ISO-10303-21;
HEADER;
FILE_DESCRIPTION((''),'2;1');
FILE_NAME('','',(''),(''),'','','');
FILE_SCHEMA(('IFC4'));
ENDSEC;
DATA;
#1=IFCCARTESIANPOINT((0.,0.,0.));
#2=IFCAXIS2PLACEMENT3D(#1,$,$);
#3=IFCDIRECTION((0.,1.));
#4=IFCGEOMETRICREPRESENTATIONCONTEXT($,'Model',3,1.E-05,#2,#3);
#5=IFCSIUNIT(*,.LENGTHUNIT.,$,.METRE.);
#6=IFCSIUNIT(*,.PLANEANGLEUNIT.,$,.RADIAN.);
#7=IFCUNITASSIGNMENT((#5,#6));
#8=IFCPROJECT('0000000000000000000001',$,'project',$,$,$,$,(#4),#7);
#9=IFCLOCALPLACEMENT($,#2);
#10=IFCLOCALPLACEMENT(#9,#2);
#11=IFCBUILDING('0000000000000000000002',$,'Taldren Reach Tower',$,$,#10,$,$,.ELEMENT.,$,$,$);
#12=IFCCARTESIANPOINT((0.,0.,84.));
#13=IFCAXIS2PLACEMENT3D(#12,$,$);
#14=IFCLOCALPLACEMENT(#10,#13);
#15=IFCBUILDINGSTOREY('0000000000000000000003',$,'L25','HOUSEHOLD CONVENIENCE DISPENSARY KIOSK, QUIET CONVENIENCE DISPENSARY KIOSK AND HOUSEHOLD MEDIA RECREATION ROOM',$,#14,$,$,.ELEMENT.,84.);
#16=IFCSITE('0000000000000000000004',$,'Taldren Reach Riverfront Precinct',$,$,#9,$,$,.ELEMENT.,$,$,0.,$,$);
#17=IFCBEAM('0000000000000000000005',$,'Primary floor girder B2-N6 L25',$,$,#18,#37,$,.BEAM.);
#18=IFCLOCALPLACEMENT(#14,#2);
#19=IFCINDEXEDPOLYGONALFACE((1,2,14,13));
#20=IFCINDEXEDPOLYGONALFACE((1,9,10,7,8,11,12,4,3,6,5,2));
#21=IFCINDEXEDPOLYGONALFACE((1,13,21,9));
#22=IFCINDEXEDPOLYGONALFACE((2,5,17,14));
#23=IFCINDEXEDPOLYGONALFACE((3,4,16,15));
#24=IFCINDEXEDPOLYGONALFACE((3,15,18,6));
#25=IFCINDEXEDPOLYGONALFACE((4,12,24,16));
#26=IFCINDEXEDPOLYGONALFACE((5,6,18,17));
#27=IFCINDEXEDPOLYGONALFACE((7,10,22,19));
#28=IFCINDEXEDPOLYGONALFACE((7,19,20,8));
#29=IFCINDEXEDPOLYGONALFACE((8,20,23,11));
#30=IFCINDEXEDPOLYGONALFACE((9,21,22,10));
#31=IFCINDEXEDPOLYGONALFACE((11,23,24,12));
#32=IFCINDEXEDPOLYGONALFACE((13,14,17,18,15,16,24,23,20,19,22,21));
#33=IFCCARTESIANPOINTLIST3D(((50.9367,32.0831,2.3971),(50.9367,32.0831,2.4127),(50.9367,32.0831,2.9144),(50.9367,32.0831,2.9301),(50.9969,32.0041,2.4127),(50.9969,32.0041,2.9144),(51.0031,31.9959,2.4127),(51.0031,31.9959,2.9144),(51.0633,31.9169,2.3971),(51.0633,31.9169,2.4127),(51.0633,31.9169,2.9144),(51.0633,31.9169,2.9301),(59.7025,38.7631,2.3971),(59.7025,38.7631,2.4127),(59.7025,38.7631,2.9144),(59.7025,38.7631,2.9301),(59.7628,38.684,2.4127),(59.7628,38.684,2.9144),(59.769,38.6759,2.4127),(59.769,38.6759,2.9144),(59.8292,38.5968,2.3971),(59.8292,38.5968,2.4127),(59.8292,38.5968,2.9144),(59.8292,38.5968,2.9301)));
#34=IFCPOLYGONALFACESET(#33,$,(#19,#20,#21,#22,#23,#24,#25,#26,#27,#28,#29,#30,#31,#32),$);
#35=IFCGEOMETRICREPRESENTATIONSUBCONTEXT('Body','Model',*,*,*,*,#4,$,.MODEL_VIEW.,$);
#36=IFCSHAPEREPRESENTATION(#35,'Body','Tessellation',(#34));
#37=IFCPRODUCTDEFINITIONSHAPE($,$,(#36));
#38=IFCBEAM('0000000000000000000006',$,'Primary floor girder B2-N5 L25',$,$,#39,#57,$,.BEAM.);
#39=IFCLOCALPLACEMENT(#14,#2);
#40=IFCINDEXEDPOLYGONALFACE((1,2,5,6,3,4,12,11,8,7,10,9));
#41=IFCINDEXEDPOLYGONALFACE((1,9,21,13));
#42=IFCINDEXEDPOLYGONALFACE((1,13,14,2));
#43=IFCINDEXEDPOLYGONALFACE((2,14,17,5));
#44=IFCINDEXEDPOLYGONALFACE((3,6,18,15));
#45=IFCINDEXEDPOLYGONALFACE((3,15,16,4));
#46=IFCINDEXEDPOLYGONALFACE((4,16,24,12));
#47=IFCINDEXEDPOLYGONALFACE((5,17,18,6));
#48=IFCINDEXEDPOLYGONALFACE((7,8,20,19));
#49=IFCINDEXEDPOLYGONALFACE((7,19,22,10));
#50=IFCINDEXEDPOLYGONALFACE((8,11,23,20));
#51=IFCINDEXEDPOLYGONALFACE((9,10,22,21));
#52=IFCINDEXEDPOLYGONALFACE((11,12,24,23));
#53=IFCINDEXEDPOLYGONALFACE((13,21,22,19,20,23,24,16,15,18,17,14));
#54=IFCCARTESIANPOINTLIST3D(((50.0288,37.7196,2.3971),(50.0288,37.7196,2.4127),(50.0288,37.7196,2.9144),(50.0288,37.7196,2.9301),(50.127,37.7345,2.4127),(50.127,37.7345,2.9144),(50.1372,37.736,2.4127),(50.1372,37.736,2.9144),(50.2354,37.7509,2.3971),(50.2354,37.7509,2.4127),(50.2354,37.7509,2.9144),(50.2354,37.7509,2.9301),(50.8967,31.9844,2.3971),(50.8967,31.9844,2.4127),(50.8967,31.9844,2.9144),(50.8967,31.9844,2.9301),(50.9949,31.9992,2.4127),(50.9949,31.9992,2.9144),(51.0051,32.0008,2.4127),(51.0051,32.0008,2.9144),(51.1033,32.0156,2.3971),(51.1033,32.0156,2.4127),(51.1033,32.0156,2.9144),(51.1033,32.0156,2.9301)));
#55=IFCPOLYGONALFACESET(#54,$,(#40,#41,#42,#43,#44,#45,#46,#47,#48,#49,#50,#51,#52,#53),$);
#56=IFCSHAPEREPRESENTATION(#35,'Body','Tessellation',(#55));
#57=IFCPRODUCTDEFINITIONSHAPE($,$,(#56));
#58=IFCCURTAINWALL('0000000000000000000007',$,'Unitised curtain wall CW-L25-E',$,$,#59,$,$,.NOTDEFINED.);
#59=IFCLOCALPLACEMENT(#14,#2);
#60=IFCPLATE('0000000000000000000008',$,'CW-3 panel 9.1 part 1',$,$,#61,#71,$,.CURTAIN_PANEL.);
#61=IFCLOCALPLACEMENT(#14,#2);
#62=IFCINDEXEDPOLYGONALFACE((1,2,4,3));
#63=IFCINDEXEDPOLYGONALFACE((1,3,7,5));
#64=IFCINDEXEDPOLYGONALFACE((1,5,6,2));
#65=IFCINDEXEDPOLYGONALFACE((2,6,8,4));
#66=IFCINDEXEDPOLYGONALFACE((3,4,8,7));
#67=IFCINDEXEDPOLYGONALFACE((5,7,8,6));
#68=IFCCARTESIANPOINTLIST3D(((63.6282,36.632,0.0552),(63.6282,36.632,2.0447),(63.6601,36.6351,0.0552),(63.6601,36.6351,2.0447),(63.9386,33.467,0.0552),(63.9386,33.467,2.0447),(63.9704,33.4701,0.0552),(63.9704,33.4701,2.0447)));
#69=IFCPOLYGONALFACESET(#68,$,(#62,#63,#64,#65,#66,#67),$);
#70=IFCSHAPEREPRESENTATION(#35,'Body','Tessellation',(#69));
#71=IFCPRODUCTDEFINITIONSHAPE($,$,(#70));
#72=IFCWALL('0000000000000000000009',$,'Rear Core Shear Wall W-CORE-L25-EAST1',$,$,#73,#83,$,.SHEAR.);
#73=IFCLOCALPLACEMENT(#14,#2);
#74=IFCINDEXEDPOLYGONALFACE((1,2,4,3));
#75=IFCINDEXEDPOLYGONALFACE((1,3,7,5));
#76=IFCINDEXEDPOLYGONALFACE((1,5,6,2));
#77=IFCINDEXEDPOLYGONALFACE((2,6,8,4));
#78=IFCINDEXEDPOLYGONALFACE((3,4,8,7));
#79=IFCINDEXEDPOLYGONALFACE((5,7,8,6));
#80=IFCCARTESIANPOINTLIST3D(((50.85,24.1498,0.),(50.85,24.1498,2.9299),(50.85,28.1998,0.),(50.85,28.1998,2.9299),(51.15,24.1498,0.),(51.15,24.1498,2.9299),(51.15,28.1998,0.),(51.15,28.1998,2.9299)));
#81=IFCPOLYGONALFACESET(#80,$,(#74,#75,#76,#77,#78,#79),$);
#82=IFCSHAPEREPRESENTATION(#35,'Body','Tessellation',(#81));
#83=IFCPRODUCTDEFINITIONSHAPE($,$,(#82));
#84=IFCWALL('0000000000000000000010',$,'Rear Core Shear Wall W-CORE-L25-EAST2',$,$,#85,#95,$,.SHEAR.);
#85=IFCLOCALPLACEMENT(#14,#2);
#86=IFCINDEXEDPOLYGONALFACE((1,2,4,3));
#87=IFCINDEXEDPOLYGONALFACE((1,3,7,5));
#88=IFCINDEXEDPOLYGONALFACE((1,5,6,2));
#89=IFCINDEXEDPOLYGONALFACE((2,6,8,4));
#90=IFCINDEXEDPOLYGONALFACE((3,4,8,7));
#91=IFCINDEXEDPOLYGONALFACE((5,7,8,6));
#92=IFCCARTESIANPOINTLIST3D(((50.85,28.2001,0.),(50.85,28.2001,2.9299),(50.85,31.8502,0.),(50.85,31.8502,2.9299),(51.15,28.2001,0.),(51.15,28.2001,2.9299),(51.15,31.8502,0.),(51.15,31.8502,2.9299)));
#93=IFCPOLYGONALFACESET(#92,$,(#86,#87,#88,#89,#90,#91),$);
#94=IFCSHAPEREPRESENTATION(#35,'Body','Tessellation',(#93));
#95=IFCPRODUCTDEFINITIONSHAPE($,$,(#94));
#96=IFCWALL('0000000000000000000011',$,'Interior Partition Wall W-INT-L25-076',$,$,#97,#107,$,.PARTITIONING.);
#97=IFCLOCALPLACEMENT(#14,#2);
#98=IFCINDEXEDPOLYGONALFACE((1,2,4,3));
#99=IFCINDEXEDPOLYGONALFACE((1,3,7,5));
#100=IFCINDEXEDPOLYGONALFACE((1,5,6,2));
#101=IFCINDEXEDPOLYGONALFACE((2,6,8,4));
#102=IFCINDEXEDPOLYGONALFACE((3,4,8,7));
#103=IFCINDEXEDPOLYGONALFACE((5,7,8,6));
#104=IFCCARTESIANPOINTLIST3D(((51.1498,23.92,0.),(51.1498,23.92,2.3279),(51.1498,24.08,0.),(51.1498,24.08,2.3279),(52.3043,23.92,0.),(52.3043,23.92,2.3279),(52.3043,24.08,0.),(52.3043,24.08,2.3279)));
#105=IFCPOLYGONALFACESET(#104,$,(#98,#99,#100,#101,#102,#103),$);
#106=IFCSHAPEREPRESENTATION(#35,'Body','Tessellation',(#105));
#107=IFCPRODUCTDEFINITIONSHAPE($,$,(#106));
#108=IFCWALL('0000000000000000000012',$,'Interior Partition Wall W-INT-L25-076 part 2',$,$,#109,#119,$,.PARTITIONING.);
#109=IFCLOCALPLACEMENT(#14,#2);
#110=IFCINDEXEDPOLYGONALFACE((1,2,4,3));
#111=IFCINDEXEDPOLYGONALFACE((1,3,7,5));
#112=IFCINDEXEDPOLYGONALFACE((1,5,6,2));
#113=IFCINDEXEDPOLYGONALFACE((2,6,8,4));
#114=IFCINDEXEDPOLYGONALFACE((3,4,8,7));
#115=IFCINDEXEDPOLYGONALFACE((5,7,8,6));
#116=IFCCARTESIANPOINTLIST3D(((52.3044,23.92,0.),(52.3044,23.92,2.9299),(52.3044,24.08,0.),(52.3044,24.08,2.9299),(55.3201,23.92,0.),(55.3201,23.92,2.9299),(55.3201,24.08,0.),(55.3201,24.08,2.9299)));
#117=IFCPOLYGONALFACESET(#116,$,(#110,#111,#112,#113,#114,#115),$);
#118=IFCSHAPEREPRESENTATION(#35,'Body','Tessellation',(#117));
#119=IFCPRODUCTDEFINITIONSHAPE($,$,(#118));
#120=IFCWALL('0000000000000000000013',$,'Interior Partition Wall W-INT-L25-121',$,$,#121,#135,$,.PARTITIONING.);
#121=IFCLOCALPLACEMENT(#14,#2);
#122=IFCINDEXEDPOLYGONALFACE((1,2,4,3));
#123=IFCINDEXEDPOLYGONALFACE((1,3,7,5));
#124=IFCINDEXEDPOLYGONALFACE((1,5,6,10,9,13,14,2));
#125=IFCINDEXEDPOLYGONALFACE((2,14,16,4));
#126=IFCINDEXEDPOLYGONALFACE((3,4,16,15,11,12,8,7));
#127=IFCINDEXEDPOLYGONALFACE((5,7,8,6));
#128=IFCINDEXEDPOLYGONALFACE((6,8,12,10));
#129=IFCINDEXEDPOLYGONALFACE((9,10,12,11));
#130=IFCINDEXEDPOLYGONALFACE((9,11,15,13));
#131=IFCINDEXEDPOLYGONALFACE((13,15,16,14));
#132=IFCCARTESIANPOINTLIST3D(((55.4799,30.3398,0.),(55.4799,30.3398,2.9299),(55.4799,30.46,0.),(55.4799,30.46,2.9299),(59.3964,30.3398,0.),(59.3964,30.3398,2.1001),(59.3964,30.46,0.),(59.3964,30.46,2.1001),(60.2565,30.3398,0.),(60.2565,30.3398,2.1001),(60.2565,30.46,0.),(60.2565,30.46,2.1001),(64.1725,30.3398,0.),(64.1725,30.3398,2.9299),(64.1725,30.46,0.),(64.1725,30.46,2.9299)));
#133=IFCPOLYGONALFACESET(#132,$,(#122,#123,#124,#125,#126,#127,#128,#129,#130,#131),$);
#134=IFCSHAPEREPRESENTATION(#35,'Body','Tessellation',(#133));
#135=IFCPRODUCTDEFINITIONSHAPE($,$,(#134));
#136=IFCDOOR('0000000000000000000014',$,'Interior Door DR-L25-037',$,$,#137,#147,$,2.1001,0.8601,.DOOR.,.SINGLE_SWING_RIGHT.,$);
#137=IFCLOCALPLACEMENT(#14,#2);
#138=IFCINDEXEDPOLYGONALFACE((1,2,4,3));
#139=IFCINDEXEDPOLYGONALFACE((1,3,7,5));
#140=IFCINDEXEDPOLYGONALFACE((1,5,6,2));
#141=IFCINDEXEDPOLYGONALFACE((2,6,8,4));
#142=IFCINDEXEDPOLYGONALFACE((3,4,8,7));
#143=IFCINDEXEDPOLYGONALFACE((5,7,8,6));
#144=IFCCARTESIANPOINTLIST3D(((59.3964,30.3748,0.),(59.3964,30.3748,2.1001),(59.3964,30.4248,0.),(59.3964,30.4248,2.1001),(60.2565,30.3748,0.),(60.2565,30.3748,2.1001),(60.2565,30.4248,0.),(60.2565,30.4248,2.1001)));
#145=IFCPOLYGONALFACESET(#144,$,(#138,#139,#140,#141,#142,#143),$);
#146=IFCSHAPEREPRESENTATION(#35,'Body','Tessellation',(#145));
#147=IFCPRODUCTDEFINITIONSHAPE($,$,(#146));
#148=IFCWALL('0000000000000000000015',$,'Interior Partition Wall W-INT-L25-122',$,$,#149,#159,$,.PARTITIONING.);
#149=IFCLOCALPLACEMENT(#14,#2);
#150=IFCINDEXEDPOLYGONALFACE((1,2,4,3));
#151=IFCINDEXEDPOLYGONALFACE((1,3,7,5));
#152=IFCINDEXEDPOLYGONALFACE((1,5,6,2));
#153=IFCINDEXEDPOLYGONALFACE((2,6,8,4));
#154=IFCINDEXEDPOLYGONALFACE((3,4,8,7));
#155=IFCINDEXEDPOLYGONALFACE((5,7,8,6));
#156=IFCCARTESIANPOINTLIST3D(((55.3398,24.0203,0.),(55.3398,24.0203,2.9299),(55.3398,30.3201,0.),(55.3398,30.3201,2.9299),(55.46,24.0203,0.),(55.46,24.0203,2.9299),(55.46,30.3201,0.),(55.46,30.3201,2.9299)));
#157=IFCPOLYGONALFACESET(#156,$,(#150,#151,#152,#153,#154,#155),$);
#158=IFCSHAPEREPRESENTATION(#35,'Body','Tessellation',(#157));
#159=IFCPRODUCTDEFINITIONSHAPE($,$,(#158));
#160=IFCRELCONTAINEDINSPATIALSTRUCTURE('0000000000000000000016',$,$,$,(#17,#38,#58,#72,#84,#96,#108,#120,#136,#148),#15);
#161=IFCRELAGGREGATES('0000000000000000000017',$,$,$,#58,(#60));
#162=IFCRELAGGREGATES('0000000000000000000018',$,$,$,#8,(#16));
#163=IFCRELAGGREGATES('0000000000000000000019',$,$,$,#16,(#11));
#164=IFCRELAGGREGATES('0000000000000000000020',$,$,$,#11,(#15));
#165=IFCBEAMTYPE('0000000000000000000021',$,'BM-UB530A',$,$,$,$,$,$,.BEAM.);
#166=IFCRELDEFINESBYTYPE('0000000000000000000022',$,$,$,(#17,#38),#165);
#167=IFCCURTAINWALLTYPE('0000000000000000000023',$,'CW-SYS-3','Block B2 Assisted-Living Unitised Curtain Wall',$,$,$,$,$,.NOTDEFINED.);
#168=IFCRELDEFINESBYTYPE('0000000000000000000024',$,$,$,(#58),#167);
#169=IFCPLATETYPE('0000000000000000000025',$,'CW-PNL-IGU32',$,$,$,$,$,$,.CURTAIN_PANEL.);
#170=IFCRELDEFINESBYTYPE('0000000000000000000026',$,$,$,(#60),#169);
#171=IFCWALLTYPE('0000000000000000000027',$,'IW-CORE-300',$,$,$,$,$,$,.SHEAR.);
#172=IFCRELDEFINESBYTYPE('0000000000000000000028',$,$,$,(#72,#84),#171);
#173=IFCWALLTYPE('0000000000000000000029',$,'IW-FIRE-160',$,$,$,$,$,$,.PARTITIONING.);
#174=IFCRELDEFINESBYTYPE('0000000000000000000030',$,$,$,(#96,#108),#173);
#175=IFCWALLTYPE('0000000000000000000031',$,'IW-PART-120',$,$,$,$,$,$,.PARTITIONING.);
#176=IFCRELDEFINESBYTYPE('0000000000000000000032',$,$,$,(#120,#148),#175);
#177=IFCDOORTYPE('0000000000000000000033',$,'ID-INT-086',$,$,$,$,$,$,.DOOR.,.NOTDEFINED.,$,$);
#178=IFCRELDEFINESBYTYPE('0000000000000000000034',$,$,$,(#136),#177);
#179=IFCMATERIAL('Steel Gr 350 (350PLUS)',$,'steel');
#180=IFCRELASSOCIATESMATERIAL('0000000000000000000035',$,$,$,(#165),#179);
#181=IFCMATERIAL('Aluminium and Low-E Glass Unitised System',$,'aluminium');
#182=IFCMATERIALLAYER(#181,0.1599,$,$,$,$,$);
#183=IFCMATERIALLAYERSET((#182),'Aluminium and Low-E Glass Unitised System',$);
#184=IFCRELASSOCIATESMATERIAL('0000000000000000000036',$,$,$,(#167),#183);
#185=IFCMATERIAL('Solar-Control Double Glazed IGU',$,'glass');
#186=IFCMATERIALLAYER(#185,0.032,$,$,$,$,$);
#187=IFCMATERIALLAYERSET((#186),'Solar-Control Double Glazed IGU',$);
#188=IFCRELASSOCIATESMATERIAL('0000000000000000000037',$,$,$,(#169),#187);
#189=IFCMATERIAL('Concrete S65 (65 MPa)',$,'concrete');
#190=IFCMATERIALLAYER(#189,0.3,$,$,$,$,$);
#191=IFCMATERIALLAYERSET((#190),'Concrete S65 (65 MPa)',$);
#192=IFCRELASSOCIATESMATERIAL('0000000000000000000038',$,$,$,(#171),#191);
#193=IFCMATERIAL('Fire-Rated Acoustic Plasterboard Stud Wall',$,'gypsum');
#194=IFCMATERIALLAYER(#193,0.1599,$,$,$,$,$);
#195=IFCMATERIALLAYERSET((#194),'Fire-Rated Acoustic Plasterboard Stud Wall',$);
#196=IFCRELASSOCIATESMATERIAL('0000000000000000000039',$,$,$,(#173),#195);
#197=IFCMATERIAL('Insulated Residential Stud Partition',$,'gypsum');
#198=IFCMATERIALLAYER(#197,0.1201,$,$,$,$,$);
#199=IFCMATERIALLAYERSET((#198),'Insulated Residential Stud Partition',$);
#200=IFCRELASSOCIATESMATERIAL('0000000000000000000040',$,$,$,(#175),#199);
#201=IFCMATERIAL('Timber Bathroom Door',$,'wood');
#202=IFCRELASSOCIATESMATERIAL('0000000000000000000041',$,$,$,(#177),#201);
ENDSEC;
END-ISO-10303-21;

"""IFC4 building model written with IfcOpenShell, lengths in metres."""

from ifc_helpers import new_model, si_unit, direction, frame, frame_2d, origin, origin_2d, place, context, subcontext, project, spatial, rectangle, i_section, extrude, source, transform, mapped, material, layer, layer_set, material_profile, profile_set, type_object, element, fill, aggregate, save


model = new_model("IFC4")

# Units and contexts
model_context = context("Model", 3, precision=1e-05, world=origin(), true_north=direction((0.0, 1.0)))
body_context = subcontext(model_context, "Body", "Model", "MODEL_VIEW")
ifc_project = project(units=[si_unit("LENGTHUNIT", "METRE"), si_unit("PLANEANGLEUNIT", "RADIAN")], contexts=[model_context])

# Site, building, storey
site_placement = place(None, origin())
site = spatial("IfcSite", under=ifc_project, at=site_placement, Name="Taldren Reach Riverfront Precinct", CompositionType="ELEMENT", RefElevation=0.0)
building_placement = place(site_placement, origin())
building = spatial("IfcBuilding", under=site, at=building_placement, Name="Taldren Reach Tower", CompositionType="ELEMENT")
storey_placement = place(building_placement, frame((0.0, 0.0, 84.0)))
storey = spatial("IfcBuildingStorey", under=building, at=storey_placement, Name="L25", Description="HOUSEHOLD CONVENIENCE DISPENSARY KIOSK, QUIET CONVENIENCE DISPENSARY KIOSK AND HOUSEHOLD MEDIA RECREATION ROOM", CompositionType="ELEMENT", Elevation=84.0)

# Shared definitions
ifc_material_1 = material(Name="Concrete S65 (65 MPa)", Category="concrete")
ifc_material_2 = material(Name="Steel Gr 350 (350PLUS)", Category="steel")

# Beams
ifc_material_profile_1 = material_profile(ifc_material_2, i_section(OverallWidth=0.209, OverallDepth=0.533, WebThickness=0.0103, FlangeThickness=0.0156, at=origin_2d()), Name="530UB92.4")
ifc_profile_set_1 = profile_set([ifc_material_profile_1], Name="Steel Gr 350 (350PLUS)")
beam_type_1 = type_object("IfcBeamType", Name="BM-UB530A", PredefinedType="BEAM", material=ifc_profile_set_1)
shared_shape_1 = source(origin(), body_context, "Body", "SweptSolid", [
    extrude(i_section(OverallWidth=0.209, OverallDepth=0.533, WebThickness=0.0103, FlangeThickness=0.0156, at=origin_2d()), origin(), (0.0, 0.0, 1.0), 11.021),
])
beam_1_placement = place(storey_placement, frame((51.0, 32.0, 2.6636), z_axis=(0.79538, 0.606111, 0.0), x_axis=(-0.606111, 0.79538, 0.0)))
element("IfcBeam", 1, at=beam_1_placement, inside=storey, type_object=beam_type_1, Name="Primary floor girder B2-N6 L25", PredefinedType="BEAM", context=body_context, shape_type="MappedRepresentation", body=[
    mapped(shared_shape_1, transform((0.0, 0.0, 0.0), scale=1.0)),
])
shared_shape_2 = source(origin(), body_context, "Body", "SweptSolid", [
    extrude(i_section(OverallWidth=0.209, OverallDepth=0.533, WebThickness=0.0103, FlangeThickness=0.0156, at=origin_2d()), origin(), (0.0, 0.0, 1.0), 5.8005),
])
beam_2_placement = place(storey_placement, frame((51.0, 32.0, 2.6636), z_axis=(-0.149625, 0.988743, 0.0), x_axis=(-0.988743, -0.149625, 0.0)))
element("IfcBeam", 2, at=beam_2_placement, inside=storey, type_object=beam_type_1, Name="Primary floor girder B2-N5 L25", PredefinedType="BEAM", context=body_context, shape_type="MappedRepresentation", body=[
    mapped(shared_shape_2, transform((0.0, 0.0, 0.0), scale=1.0)),
])

# Curtain wall, plate
ifc_material_3 = material(Name="Aluminium and Low-E Glass Unitised System", Category="aluminium")
ifc_layer_1 = layer(ifc_material_3, 0.1599)
ifc_layer_set_1 = layer_set([ifc_layer_1], Name="Aluminium and Low-E Glass Unitised System")
curtain_wall_type = type_object("IfcCurtainWallType", Name="CW-SYS-3", Description="Block B2 Assisted-Living Unitised Curtain Wall", PredefinedType="NOTDEFINED", material=ifc_layer_set_1)
curtain_wall_placement = place(storey_placement, origin())
curtain_wall = element("IfcCurtainWall", 3, at=curtain_wall_placement, inside=storey, type_object=curtain_wall_type, Name="Unitised curtain wall CW-L25-E", PredefinedType="NOTDEFINED")
ifc_material_4 = material(Name="Solar-Control Double Glazed IGU", Category="glass")
ifc_layer_2 = layer(ifc_material_4, 0.032)
ifc_layer_set_2 = layer_set([ifc_layer_2], Name="Solar-Control Double Glazed IGU")
plate_type = type_object("IfcPlateType", Name="CW-PNL-IGU32", PredefinedType="CURTAIN_PANEL", material=ifc_layer_set_2)
shared_shape_3 = source(origin(), body_context, "Body", "SweptSolid", [
    extrude(rectangle(XDim=3.1802, YDim=0.032, at=origin_2d()), origin(), (0.0, 0.0, 1.0), 1.9895),
])
plate_placement = place(storey_placement, frame((63.7993, 35.051, 0.0552), z_axis=(0.0, 0.0, 1.0), x_axis=(-0.097583, 0.995227, 0.0)))
plate = element("IfcPlate", 4, at=plate_placement, type_object=plate_type, Name="CW-3 panel 9.1 part 1", PredefinedType="CURTAIN_PANEL", context=body_context, shape_type="MappedRepresentation", body=[
    mapped(shared_shape_3, transform((0.0, 0.0, 0.0), scale=1.0)),
])
aggregate(curtain_wall, [plate])

# Walls
ifc_layer_3 = layer(ifc_material_1, 0.3)
ifc_layer_set_3 = layer_set([ifc_layer_3], Name="Concrete S65 (65 MPa)")
wall_type_1 = type_object("IfcWallType", Name="IW-CORE-300", PredefinedType="SHEAR", material=ifc_layer_set_3)
shared_shape_4 = source(origin(), body_context, "Body", "SweptSolid", [
    extrude(rectangle(XDim=4.05, YDim=0.3, at=frame_2d((2.0249, 0.0))), origin(), (0.0, 0.0, 1.0), 2.9299),
])
wall_1_placement = place(storey_placement, frame((51.0, 24.1499, 0.0), z_axis=(0.0, 0.0, 1.0), x_axis=(0.0, 1.0, 0.0)))
element("IfcWall", 5, at=wall_1_placement, inside=storey, type_object=wall_type_1, Name="Rear Core Shear Wall W-CORE-L25-EAST1", PredefinedType="SHEAR", context=body_context, shape_type="MappedRepresentation", body=[
    mapped(shared_shape_4, transform((0.0, 0.0, 0.0), scale=1.0)),
])
shared_shape_5 = source(origin(), body_context, "Body", "SweptSolid", [
    extrude(rectangle(XDim=3.6501, YDim=0.3, at=frame_2d((1.8252, 0.0))), origin(), (0.0, 0.0, 1.0), 2.9299),
])
wall_2_placement = place(storey_placement, frame((51.0, 28.2, 0.0), z_axis=(0.0, 0.0, 1.0), x_axis=(0.0, 1.0, 0.0)))
element("IfcWall", 6, at=wall_2_placement, inside=storey, type_object=wall_type_1, Name="Rear Core Shear Wall W-CORE-L25-EAST2", PredefinedType="SHEAR", context=body_context, shape_type="MappedRepresentation", body=[
    mapped(shared_shape_5, transform((0.0, 0.0, 0.0), scale=1.0)),
])
ifc_material_5 = material(Name="Fire-Rated Acoustic Plasterboard Stud Wall", Category="gypsum")
ifc_layer_4 = layer(ifc_material_5, 0.1599)
ifc_layer_set_4 = layer_set([ifc_layer_4], Name="Fire-Rated Acoustic Plasterboard Stud Wall")
wall_type_2 = type_object("IfcWallType", Name="IW-FIRE-160", PredefinedType="PARTITIONING", material=ifc_layer_set_4)
shared_shape_6 = source(origin(), body_context, "Body", "SweptSolid", [
    extrude(rectangle(XDim=1.1545, YDim=0.1599, at=frame_2d((0.5771, 0.0))), origin(), (0.0, 0.0, 1.0), 2.3279),
])
wall_3_placement = place(storey_placement, frame((51.1499, 24.0, 0.0), z_axis=(0.0, 0.0, 1.0), x_axis=(1.0, 0.0, 0.0)))
element("IfcWall", 7, at=wall_3_placement, inside=storey, type_object=wall_type_2, Name="Interior Partition Wall W-INT-L25-076", PredefinedType="PARTITIONING", context=body_context, shape_type="MappedRepresentation", body=[
    mapped(shared_shape_6, transform((0.0, 0.0, 0.0), scale=1.0)),
])
shared_shape_7 = source(origin(), body_context, "Body", "SweptSolid", [
    extrude(rectangle(XDim=3.0156, YDim=0.1599, at=frame_2d((1.5078, 0.0))), origin(), (0.0, 0.0, 1.0), 2.9299),
])
wall_4_placement = place(storey_placement, frame((52.3044, 24.0, 0.0), z_axis=(0.0, 0.0, 1.0), x_axis=(1.0, 0.0, 0.0)))
element("IfcWall", 8, at=wall_4_placement, inside=storey, type_object=wall_type_2, Name="Interior Partition Wall W-INT-L25-076 part 2", PredefinedType="PARTITIONING", context=body_context, shape_type="MappedRepresentation", body=[
    mapped(shared_shape_7, transform((0.0, 0.0, 0.0), scale=1.0)),
])

# Wall, opening, door
ifc_material_6 = material(Name="Insulated Residential Stud Partition", Category="gypsum")
ifc_layer_5 = layer(ifc_material_6, 0.1201)
ifc_layer_set_5 = layer_set([ifc_layer_5], Name="Insulated Residential Stud Partition")
wall_type_3 = type_object("IfcWallType", Name="IW-PART-120", PredefinedType="PARTITIONING", material=ifc_layer_set_5)
shared_shape_8 = source(origin(), body_context, "Body", "SweptSolid", [
    extrude(rectangle(XDim=8.6926, YDim=0.1201, at=frame_2d((4.3462, 0.0))), origin(), (0.0, 0.0, 1.0), 2.9299),
])
wall_5_placement = place(storey_placement, frame((55.48, 30.3999, 0.0), z_axis=(0.0, 0.0, 1.0), x_axis=(1.0, 0.0, 0.0)))
wall_5 = element("IfcWall", 9, at=wall_5_placement, inside=storey, type_object=wall_type_3, Name="Interior Partition Wall W-INT-L25-121", PredefinedType="PARTITIONING", context=body_context, shape_type="MappedRepresentation", body=[
    mapped(shared_shape_8, transform((0.0, 0.0, 0.0), scale=1.0)),
])
shared_shape_9 = source(origin(), body_context, "Body", "SweptSolid", [
    extrude(rectangle(XDim=0.8601, YDim=2.1001, at=frame_2d((0.4302, 1.05))), frame((0.0, 0.0701, 0.0), z_axis=(0.0, -1.0, 0.0), x_axis=(1.0, 0.0, 0.0)), (0.0, 0.0, 1.0), 0.1401),
])
opening_placement = place(wall_5_placement, frame((3.9163, 0.0, 0.0)))
opening = element("IfcOpeningElement", 10, at=opening_placement, cuts=wall_5, PredefinedType="OPENING", context=body_context, shape_type="MappedRepresentation", body=[
    mapped(shared_shape_9, transform((0.0, 0.0, 0.0), scale=1.0)),
])
ifc_material_7 = material(Name="Timber Bathroom Door", Category="wood")
door_type = type_object("IfcDoorType", Name="ID-INT-086", OperationType="NOTDEFINED", PredefinedType="DOOR", material=ifc_material_7)
shared_shape_10 = source(origin(), body_context, "Body", "SweptSolid", [
    extrude(rectangle(XDim=0.8601, YDim=2.1001, at=frame_2d((0.4302, 1.05))), frame((0.0, 0.0249, 0.0), z_axis=(0.0, -1.0, 0.0), x_axis=(1.0, 0.0, 0.0)), (0.0, 0.0, 1.0), 0.05),
])
door_placement = place(opening_placement, origin())
door = element("IfcDoor", 11, at=door_placement, inside=storey, type_object=door_type, Name="Interior Door DR-L25-037", OperationType="SINGLE_SWING_RIGHT", OverallHeight=2.1001, OverallWidth=0.8601, PredefinedType="DOOR", context=body_context, shape_type="MappedRepresentation", body=[
    mapped(shared_shape_10, transform((0.0, 0.0, 0.0), scale=1.0)),
])
fill(opening, door)

# Wall
shared_shape_11 = source(origin(), body_context, "Body", "SweptSolid", [
    extrude(rectangle(XDim=6.2998, YDim=0.1201, at=frame_2d((3.1499, 0.0))), origin(), (0.0, 0.0, 1.0), 2.9299),
])
wall_6_placement = place(storey_placement, frame((55.3999, 24.0203, 0.0), z_axis=(0.0, 0.0, 1.0), x_axis=(0.0, 1.0, 0.0)))
element("IfcWall", 12, at=wall_6_placement, inside=storey, type_object=wall_type_3, Name="Interior Partition Wall W-INT-L25-122", PredefinedType="PARTITIONING", context=body_context, shape_type="MappedRepresentation", body=[
    mapped(shared_shape_11, transform((0.0, 0.0, 0.0), scale=1.0)),
])

save(model, "model.ifc")
